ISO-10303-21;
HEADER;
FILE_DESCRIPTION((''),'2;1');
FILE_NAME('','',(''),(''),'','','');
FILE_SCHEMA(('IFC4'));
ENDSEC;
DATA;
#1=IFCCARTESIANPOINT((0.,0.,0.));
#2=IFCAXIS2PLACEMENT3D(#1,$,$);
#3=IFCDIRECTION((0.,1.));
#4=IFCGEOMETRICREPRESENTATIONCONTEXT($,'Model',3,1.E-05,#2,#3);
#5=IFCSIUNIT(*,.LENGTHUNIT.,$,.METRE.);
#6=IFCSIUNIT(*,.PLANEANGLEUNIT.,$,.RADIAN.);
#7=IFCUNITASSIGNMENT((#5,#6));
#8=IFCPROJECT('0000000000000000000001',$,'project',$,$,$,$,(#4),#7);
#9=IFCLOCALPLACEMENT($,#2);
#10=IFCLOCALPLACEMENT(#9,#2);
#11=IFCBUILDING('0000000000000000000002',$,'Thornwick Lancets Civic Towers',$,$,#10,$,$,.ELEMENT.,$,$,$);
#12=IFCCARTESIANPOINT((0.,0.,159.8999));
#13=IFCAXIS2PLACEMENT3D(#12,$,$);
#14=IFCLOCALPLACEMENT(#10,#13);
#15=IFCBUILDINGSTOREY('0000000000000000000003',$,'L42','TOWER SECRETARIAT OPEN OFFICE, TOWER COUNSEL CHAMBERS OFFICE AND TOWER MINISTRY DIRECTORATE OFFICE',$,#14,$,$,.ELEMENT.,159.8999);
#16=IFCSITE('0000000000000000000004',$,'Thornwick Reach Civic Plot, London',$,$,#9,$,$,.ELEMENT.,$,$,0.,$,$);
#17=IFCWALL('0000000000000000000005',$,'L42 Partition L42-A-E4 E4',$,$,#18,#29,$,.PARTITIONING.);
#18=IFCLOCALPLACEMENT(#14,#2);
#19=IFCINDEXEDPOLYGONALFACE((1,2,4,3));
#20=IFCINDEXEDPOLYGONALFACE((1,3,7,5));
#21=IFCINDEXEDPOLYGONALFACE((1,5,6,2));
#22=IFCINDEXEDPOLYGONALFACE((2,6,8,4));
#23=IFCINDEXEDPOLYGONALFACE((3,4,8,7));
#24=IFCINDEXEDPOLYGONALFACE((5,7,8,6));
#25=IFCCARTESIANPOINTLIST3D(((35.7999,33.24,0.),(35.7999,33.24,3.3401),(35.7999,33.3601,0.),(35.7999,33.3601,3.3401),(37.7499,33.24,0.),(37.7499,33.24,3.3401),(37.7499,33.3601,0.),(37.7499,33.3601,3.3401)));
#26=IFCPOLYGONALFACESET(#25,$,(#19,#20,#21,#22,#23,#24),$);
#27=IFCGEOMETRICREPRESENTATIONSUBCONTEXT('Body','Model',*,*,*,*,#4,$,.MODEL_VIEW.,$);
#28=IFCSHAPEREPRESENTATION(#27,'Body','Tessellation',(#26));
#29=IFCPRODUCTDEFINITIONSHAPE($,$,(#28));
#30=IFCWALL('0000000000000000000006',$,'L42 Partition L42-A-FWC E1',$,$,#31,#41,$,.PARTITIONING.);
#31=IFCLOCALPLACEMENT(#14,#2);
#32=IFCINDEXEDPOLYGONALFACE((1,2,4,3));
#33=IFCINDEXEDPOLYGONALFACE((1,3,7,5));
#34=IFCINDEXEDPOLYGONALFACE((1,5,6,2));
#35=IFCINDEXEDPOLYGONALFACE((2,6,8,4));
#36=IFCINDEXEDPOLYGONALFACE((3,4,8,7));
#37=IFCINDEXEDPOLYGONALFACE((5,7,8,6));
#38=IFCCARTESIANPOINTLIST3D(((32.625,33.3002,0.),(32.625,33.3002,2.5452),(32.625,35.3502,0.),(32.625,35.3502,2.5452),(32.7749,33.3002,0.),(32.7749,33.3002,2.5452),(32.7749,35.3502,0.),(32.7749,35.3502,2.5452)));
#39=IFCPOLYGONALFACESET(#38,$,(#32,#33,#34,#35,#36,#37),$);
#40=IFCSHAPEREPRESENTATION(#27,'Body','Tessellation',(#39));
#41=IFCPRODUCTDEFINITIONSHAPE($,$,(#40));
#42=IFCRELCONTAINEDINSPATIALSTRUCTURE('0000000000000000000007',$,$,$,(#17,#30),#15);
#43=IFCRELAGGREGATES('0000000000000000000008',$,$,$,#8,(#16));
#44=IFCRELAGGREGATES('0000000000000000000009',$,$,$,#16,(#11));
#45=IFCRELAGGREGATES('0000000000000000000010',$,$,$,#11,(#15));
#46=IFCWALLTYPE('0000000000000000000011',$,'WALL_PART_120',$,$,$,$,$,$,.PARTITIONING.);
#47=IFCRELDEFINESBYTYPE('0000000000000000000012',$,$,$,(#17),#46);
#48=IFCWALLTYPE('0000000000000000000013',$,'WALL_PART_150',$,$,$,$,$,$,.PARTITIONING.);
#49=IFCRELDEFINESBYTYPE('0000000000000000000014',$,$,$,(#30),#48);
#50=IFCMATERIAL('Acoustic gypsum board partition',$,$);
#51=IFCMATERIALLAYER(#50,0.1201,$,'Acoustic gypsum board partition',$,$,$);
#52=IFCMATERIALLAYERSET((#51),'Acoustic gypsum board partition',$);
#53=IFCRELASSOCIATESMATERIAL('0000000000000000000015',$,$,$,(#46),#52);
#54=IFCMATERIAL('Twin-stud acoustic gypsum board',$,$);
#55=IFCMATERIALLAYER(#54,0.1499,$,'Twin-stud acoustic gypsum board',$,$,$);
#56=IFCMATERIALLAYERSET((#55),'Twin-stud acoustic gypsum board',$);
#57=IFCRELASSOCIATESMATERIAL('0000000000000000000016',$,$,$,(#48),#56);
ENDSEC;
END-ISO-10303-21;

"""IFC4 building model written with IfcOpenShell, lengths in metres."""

from ifc_helpers import new_model, si_unit, direction, frame, frame_2d, origin, place, context, subcontext, project, spatial, rectangle, extrude, material, layer, layer_set, type_object, element, save


model = new_model("IFC4")

# Units and contexts
model_context = context("Model", 3, precision=1e-05, world=origin(), true_north=direction((0.0, 1.0)))
body_context = subcontext(model_context, "Body", "Model", "MODEL_VIEW")
ifc_project = project(units=[si_unit("LENGTHUNIT", "METRE"), si_unit("PLANEANGLEUNIT", "RADIAN")], contexts=[model_context])

# Site, building, storey
site_placement = place(None, origin())
site = spatial("IfcSite", under=ifc_project, at=site_placement, Name="Thornwick Reach Civic Plot, London", CompositionType="ELEMENT", RefElevation=0.0)
building_placement = place(site_placement, origin())
building = spatial("IfcBuilding", under=site, at=building_placement, Name="Thornwick Lancets Civic Towers", CompositionType="ELEMENT")
storey_placement = place(building_placement, frame((0.0, 0.0, 159.8999)))
storey = spatial("IfcBuildingStorey", under=building, at=storey_placement, Name="L42", Description="TOWER SECRETARIAT OPEN OFFICE, TOWER COUNSEL CHAMBERS OFFICE AND TOWER MINISTRY DIRECTORATE OFFICE", CompositionType="ELEMENT", Elevation=159.8999)

# Walls
ifc_material_1 = material(Name="Acoustic gypsum board partition")
ifc_layer_1 = layer(ifc_material_1, 0.1201, Name="Acoustic gypsum board partition")
ifc_layer_set_1 = layer_set([ifc_layer_1], Name="Acoustic gypsum board partition")
wall_type_1 = type_object("IfcWallType", Name="WALL_PART_120", PredefinedType="PARTITIONING", material=ifc_layer_set_1)
wall_1_placement = place(storey_placement, frame((37.75, 33.3, 0.0), z_axis=(0.0, 0.0, 1.0), x_axis=(-1.0, 0.0, 0.0)))
element("IfcWall", 1, at=wall_1_placement, inside=storey, type_object=wall_type_1, Name="L42 Partition L42-A-E4 E4", PredefinedType="PARTITIONING", context=body_context, shape_type="SweptSolid", body=[
    extrude(rectangle(XDim=1.95, YDim=0.1201, at=frame_2d((0.9751, 0.0))), origin(), (0.0, 0.0, 1.0), 3.3401),
])
ifc_material_2 = material(Name="Twin-stud acoustic gypsum board")
ifc_layer_2 = layer(ifc_material_2, 0.1499, Name="Twin-stud acoustic gypsum board")
ifc_layer_set_2 = layer_set([ifc_layer_2], Name="Twin-stud acoustic gypsum board")
wall_type_2 = type_object("IfcWallType", Name="WALL_PART_150", PredefinedType="PARTITIONING", material=ifc_layer_set_2)
wall_2_placement = place(storey_placement, frame((32.7, 35.3501, 0.0), z_axis=(0.0, 0.0, 1.0), x_axis=(0.0, -1.0, 0.0)))
element("IfcWall", 2, at=wall_2_placement, inside=storey, type_object=wall_type_2, Name="L42 Partition L42-A-FWC E1", PredefinedType="PARTITIONING", context=body_context, shape_type="SweptSolid", body=[
    extrude(rectangle(XDim=2.05, YDim=0.1499, at=frame_2d((1.0249, 0.0))), origin(), (0.0, 0.0, 1.0), 2.5452),
])

save(model, "model.ifc")
